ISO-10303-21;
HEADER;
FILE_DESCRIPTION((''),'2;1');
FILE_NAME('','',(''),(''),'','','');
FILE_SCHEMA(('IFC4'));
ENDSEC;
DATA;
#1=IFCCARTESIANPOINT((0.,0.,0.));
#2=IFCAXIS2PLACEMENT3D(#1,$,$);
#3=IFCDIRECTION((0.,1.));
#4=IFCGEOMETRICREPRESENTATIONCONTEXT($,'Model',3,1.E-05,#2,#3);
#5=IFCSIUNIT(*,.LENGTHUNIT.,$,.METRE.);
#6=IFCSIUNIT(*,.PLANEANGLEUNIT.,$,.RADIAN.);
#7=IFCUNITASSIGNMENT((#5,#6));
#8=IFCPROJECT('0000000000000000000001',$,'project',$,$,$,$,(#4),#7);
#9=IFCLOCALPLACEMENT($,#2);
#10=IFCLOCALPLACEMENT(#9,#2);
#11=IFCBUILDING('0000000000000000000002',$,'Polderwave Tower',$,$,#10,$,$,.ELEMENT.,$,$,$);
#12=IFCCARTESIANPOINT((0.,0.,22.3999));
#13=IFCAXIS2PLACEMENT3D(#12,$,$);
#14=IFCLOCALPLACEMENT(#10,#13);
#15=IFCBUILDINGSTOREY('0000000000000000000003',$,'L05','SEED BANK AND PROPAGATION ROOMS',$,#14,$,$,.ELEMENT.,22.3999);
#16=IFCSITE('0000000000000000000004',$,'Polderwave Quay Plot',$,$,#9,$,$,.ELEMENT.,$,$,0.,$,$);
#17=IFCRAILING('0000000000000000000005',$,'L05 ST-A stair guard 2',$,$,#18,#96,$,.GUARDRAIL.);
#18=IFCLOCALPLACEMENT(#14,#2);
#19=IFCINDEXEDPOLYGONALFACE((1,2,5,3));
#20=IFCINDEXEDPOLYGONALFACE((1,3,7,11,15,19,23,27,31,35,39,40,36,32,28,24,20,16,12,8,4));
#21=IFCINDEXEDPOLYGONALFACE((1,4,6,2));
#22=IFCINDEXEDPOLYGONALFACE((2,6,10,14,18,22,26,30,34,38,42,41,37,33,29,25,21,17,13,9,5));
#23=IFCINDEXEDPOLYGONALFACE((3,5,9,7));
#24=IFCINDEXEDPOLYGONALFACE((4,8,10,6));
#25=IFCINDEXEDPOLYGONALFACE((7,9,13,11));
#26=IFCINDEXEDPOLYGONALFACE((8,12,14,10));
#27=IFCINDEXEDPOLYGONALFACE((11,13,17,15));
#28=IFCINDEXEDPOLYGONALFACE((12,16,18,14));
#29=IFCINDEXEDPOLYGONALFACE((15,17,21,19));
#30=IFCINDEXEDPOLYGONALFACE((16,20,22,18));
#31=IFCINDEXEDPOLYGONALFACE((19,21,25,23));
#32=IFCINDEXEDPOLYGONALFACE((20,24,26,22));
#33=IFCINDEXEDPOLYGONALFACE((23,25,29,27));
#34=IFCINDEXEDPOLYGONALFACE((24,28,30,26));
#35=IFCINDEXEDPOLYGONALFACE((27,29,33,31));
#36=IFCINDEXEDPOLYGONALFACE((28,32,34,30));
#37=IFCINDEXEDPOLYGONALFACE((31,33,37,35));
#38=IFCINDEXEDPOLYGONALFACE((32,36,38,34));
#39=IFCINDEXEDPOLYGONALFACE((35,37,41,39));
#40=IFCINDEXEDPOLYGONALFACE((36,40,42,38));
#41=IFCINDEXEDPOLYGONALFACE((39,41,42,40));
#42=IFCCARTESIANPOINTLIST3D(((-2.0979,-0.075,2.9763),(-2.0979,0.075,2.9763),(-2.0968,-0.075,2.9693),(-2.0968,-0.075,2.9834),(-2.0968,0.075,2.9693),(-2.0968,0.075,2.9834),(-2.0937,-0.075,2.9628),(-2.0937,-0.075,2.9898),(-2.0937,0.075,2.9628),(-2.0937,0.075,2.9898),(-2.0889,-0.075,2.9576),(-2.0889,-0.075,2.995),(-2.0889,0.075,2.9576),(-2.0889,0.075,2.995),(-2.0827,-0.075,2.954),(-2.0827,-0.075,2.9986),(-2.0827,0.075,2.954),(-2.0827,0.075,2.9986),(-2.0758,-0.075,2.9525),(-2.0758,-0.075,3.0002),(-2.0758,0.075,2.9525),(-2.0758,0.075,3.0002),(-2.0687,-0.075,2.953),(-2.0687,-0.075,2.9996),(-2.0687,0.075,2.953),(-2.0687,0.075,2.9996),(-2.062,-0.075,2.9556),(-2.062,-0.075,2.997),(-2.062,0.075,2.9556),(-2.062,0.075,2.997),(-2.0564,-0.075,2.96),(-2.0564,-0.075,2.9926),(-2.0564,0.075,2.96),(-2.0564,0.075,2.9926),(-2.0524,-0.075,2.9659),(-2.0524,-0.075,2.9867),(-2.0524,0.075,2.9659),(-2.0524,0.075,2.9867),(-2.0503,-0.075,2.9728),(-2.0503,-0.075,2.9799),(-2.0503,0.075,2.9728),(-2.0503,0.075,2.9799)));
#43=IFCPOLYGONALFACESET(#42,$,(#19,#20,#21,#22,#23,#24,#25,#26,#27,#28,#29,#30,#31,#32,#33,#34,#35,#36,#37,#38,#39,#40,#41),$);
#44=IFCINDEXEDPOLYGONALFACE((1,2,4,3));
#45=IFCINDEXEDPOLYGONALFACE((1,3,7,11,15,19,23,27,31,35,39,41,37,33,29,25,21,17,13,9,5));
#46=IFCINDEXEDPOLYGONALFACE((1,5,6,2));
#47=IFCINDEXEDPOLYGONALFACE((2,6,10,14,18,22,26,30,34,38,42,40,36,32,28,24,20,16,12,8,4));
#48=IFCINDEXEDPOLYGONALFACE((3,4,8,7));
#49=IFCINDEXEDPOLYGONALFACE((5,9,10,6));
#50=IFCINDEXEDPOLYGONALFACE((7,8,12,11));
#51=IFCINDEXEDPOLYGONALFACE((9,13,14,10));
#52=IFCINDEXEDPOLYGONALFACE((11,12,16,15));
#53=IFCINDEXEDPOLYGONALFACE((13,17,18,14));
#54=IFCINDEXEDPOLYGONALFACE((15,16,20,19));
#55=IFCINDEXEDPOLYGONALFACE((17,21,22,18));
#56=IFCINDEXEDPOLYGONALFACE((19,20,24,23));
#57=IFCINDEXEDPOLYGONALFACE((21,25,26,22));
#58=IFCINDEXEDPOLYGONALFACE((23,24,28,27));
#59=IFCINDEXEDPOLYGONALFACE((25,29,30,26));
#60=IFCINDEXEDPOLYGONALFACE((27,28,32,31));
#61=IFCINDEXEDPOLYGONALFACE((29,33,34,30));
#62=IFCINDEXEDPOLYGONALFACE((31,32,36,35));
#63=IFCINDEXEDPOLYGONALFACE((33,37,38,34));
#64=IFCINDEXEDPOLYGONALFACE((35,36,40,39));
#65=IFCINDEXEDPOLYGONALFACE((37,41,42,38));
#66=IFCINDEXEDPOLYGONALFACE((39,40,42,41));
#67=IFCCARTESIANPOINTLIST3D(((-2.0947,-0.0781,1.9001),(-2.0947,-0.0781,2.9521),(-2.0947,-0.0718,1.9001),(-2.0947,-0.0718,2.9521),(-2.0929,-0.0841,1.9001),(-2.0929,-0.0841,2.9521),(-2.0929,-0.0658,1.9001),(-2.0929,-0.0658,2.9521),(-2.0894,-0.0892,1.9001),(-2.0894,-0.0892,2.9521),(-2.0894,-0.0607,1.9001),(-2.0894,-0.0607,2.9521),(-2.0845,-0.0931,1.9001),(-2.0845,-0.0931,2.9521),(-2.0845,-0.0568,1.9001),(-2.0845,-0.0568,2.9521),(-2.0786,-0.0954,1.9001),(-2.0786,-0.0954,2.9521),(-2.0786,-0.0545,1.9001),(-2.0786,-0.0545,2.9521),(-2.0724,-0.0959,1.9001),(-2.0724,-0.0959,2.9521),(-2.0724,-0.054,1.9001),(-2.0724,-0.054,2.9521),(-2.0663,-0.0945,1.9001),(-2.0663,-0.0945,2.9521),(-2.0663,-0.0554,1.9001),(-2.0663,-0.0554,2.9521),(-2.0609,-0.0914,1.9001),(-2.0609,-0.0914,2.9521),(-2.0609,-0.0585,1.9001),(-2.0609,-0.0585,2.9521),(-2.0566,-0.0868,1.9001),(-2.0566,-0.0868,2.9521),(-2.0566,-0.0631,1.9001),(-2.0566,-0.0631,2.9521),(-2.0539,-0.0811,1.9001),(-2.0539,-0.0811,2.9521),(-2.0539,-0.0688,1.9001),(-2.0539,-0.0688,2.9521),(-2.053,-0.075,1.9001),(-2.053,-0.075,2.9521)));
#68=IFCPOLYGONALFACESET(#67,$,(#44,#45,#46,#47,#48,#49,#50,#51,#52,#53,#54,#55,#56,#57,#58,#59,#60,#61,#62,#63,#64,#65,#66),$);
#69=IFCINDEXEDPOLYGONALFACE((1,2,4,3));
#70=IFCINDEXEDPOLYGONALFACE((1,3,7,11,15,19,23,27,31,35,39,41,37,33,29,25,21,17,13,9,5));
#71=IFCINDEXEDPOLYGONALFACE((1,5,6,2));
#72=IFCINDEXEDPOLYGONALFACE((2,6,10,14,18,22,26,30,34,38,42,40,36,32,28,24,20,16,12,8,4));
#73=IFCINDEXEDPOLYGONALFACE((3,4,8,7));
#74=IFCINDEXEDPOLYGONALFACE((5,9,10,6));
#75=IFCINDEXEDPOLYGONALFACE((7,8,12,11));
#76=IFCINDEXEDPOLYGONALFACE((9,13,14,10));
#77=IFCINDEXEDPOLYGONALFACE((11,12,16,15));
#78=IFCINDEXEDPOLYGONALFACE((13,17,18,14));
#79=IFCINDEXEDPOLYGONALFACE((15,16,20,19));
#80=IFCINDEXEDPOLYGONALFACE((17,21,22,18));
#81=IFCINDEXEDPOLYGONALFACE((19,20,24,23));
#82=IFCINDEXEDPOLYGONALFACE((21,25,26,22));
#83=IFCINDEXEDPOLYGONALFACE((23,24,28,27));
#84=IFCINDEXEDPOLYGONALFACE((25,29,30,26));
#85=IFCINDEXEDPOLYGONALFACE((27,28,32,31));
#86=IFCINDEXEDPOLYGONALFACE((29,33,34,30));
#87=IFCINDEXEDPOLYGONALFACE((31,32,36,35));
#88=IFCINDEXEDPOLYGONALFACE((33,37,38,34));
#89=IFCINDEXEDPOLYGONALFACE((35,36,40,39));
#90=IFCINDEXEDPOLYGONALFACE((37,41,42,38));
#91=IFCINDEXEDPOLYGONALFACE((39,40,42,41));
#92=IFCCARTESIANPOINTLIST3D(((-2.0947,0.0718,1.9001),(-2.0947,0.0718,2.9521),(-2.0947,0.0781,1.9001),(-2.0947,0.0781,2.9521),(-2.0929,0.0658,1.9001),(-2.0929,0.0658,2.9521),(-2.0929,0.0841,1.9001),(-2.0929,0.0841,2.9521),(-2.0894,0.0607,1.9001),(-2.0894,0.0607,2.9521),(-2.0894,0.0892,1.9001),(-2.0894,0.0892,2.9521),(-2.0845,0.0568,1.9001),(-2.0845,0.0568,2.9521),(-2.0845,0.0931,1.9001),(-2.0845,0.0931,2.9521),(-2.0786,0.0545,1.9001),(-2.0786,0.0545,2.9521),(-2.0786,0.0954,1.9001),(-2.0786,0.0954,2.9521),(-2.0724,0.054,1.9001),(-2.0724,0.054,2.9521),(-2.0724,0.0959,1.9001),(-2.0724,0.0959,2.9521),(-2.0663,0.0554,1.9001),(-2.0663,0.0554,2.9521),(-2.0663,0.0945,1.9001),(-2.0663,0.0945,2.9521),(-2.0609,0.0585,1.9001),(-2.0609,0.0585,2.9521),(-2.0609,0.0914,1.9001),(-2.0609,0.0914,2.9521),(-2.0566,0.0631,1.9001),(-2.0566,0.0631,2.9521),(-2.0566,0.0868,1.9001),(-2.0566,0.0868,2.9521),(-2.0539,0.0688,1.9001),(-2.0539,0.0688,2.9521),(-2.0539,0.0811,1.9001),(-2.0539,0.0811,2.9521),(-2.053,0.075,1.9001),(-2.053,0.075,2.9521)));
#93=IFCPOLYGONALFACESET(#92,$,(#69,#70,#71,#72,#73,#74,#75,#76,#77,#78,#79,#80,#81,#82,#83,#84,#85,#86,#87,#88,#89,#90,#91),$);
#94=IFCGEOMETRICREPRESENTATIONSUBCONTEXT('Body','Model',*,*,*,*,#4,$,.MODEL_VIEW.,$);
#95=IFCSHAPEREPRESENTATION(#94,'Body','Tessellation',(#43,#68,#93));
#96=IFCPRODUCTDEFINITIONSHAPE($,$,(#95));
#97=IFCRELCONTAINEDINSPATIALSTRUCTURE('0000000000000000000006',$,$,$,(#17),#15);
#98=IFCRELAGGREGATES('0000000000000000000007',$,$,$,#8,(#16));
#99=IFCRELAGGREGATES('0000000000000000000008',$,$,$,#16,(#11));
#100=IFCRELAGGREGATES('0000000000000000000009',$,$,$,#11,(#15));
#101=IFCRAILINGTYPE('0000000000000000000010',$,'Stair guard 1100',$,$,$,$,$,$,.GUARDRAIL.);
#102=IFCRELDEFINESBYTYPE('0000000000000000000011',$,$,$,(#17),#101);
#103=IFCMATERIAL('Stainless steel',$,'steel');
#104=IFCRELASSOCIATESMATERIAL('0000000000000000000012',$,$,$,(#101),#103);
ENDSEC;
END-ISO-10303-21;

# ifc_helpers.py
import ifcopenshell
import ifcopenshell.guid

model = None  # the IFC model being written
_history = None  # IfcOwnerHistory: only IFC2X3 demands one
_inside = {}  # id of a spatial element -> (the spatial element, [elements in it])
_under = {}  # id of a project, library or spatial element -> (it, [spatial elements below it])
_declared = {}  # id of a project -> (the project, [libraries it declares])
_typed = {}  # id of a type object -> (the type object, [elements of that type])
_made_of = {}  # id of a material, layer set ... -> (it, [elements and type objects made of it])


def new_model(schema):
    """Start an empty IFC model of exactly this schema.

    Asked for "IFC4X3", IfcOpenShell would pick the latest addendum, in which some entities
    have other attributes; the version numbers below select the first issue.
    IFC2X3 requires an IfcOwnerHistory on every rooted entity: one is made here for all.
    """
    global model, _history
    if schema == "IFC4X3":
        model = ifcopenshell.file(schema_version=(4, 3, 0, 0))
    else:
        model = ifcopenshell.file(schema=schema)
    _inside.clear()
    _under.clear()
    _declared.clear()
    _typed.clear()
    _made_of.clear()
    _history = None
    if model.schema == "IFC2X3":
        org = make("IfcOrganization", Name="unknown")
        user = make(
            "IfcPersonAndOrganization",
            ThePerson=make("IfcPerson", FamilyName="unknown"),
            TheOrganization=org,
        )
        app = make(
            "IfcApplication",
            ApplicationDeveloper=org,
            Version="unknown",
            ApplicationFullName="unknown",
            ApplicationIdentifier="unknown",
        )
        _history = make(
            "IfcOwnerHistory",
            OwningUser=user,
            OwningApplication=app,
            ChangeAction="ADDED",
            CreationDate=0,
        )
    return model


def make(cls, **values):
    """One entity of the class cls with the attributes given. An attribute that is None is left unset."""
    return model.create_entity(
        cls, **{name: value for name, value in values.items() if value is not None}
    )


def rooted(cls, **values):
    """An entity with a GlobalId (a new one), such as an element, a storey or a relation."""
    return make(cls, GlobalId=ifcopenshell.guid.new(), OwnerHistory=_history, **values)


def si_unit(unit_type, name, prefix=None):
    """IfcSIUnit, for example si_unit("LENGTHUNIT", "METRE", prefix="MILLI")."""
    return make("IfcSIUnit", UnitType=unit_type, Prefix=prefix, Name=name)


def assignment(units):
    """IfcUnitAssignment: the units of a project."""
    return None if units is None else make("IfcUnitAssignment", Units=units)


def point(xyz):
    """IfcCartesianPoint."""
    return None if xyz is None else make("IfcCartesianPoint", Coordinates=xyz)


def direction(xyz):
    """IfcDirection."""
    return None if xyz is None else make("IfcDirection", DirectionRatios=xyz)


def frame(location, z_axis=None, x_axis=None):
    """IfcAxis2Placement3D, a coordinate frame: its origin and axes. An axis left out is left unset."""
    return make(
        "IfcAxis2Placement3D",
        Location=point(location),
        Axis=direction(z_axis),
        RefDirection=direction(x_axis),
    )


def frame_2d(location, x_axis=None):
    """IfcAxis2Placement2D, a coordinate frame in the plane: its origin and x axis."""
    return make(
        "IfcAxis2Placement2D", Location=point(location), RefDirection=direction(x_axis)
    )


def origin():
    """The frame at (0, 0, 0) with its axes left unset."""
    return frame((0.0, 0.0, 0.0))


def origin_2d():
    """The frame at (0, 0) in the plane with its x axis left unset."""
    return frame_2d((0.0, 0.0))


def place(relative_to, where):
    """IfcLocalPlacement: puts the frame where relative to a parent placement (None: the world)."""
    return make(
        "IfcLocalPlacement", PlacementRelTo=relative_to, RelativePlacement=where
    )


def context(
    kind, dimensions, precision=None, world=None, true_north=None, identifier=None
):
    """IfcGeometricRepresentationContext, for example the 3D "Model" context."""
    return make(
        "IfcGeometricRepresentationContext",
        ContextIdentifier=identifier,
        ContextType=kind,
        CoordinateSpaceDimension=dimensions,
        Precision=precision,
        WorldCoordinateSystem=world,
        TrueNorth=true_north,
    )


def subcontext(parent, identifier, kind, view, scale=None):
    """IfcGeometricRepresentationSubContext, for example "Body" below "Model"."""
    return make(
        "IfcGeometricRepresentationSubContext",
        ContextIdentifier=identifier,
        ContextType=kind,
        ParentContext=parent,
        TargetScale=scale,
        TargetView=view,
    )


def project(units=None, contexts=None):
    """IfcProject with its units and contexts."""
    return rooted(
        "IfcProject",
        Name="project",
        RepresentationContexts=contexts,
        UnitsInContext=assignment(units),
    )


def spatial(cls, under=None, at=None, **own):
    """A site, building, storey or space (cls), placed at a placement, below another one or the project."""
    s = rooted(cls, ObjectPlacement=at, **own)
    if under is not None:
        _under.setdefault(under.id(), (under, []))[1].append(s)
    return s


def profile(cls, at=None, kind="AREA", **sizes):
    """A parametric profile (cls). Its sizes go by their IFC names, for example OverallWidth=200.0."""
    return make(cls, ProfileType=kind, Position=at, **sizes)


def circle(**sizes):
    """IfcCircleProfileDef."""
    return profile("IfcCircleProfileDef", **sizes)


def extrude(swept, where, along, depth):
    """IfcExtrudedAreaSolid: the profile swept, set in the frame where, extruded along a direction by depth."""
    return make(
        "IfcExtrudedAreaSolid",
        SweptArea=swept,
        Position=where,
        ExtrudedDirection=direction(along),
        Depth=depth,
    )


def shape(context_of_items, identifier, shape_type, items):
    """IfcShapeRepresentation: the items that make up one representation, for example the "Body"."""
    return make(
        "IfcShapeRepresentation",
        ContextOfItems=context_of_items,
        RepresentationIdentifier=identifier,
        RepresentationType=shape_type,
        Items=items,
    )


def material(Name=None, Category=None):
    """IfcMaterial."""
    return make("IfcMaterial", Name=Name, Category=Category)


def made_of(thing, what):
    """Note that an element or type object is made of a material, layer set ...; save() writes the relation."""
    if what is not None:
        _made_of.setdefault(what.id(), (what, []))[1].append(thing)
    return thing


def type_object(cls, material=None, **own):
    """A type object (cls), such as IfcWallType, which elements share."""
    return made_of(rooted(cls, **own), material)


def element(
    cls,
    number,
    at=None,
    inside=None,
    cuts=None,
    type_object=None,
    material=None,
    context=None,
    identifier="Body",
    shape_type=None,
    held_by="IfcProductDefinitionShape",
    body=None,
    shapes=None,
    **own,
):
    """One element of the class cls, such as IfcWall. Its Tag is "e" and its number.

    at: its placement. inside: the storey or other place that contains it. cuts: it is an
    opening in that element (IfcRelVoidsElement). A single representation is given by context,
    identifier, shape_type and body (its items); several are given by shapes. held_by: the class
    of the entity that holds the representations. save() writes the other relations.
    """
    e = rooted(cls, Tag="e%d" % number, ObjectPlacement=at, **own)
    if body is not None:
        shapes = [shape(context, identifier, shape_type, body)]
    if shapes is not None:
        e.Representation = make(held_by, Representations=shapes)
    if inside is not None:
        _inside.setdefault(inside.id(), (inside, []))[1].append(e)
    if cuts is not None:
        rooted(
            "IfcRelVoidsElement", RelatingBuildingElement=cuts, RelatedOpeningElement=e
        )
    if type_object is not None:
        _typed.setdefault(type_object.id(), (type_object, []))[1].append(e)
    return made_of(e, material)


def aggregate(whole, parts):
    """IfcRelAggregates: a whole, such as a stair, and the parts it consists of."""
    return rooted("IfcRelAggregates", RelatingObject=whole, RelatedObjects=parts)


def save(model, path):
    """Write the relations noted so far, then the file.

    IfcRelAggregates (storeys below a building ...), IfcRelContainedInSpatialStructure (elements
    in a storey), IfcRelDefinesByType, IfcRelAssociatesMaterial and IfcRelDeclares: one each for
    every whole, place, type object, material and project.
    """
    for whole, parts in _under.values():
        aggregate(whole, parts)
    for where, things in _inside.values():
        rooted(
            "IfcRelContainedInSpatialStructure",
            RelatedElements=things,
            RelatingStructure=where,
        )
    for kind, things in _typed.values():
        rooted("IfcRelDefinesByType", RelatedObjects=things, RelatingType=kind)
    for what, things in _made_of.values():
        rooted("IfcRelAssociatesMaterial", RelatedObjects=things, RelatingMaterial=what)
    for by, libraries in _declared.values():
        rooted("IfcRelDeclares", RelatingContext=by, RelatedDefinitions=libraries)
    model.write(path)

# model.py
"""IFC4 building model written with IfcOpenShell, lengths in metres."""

from ifc_helpers import new_model, si_unit, direction, frame, origin, origin_2d, place, context, subcontext, project, spatial, circle, extrude, material, type_object, element, save


model = new_model("IFC4")

# Units and contexts
model_context = context("Model", 3, precision=1e-05, world=origin(), true_north=direction((0.0, 1.0)))
body_context = subcontext(model_context, "Body", "Model", "MODEL_VIEW")
ifc_project = project(units=[si_unit("LENGTHUNIT", "METRE"), si_unit("PLANEANGLEUNIT", "RADIAN")], contexts=[model_context])

# Site, building, storey
site_placement = place(None, origin())
site = spatial("IfcSite", under=ifc_project, at=site_placement, Name="Polderwave Quay Plot", CompositionType="ELEMENT", RefElevation=0.0)
building_placement = place(site_placement, origin())
building = spatial("IfcBuilding", under=site, at=building_placement, Name="Polderwave Tower", CompositionType="ELEMENT")
storey_placement = place(building_placement, frame((0.0, 0.0, 22.3999)))
storey = spatial("IfcBuildingStorey", under=building, at=storey_placement, Name="L05", Description="SEED BANK AND PROPAGATION ROOMS", CompositionType="ELEMENT", Elevation=22.3999)

# Railing
ifc_material_1 = material(Name="Stainless steel", Category="steel")
railing_type = type_object("IfcRailingType", Name="Stair guard 1100", PredefinedType="GUARDRAIL", material=ifc_material_1)
railing_1_placement = place(storey_placement, frame((-2.074, -0.075, 1.9001)))
element("IfcRailing", 1, at=railing_1_placement, inside=storey, type_object=railing_type, Name="L05 ST-A stair guard 2", PredefinedType="GUARDRAIL", context=body_context, shape_type="SweptSolid", body=[
    extrude(circle(Radius=0.0239, at=origin_2d()), frame((0.0, 0.0, 1.0762), z_axis=(0.0, 1.0, 0.0), x_axis=(-1.0, 0.0, 0.0)), (0.0, 0.0, 1.0), 0.1499),
    extrude(circle(Radius=0.021, at=origin_2d()), origin(), (0.0, 0.0, 1.0), 1.052),
    extrude(circle(Radius=0.021, at=origin_2d()), frame((0.0, 0.1499, 0.0)), (0.0, 0.0, 1.0), 1.052),
])

save(model, "model.ifc")
